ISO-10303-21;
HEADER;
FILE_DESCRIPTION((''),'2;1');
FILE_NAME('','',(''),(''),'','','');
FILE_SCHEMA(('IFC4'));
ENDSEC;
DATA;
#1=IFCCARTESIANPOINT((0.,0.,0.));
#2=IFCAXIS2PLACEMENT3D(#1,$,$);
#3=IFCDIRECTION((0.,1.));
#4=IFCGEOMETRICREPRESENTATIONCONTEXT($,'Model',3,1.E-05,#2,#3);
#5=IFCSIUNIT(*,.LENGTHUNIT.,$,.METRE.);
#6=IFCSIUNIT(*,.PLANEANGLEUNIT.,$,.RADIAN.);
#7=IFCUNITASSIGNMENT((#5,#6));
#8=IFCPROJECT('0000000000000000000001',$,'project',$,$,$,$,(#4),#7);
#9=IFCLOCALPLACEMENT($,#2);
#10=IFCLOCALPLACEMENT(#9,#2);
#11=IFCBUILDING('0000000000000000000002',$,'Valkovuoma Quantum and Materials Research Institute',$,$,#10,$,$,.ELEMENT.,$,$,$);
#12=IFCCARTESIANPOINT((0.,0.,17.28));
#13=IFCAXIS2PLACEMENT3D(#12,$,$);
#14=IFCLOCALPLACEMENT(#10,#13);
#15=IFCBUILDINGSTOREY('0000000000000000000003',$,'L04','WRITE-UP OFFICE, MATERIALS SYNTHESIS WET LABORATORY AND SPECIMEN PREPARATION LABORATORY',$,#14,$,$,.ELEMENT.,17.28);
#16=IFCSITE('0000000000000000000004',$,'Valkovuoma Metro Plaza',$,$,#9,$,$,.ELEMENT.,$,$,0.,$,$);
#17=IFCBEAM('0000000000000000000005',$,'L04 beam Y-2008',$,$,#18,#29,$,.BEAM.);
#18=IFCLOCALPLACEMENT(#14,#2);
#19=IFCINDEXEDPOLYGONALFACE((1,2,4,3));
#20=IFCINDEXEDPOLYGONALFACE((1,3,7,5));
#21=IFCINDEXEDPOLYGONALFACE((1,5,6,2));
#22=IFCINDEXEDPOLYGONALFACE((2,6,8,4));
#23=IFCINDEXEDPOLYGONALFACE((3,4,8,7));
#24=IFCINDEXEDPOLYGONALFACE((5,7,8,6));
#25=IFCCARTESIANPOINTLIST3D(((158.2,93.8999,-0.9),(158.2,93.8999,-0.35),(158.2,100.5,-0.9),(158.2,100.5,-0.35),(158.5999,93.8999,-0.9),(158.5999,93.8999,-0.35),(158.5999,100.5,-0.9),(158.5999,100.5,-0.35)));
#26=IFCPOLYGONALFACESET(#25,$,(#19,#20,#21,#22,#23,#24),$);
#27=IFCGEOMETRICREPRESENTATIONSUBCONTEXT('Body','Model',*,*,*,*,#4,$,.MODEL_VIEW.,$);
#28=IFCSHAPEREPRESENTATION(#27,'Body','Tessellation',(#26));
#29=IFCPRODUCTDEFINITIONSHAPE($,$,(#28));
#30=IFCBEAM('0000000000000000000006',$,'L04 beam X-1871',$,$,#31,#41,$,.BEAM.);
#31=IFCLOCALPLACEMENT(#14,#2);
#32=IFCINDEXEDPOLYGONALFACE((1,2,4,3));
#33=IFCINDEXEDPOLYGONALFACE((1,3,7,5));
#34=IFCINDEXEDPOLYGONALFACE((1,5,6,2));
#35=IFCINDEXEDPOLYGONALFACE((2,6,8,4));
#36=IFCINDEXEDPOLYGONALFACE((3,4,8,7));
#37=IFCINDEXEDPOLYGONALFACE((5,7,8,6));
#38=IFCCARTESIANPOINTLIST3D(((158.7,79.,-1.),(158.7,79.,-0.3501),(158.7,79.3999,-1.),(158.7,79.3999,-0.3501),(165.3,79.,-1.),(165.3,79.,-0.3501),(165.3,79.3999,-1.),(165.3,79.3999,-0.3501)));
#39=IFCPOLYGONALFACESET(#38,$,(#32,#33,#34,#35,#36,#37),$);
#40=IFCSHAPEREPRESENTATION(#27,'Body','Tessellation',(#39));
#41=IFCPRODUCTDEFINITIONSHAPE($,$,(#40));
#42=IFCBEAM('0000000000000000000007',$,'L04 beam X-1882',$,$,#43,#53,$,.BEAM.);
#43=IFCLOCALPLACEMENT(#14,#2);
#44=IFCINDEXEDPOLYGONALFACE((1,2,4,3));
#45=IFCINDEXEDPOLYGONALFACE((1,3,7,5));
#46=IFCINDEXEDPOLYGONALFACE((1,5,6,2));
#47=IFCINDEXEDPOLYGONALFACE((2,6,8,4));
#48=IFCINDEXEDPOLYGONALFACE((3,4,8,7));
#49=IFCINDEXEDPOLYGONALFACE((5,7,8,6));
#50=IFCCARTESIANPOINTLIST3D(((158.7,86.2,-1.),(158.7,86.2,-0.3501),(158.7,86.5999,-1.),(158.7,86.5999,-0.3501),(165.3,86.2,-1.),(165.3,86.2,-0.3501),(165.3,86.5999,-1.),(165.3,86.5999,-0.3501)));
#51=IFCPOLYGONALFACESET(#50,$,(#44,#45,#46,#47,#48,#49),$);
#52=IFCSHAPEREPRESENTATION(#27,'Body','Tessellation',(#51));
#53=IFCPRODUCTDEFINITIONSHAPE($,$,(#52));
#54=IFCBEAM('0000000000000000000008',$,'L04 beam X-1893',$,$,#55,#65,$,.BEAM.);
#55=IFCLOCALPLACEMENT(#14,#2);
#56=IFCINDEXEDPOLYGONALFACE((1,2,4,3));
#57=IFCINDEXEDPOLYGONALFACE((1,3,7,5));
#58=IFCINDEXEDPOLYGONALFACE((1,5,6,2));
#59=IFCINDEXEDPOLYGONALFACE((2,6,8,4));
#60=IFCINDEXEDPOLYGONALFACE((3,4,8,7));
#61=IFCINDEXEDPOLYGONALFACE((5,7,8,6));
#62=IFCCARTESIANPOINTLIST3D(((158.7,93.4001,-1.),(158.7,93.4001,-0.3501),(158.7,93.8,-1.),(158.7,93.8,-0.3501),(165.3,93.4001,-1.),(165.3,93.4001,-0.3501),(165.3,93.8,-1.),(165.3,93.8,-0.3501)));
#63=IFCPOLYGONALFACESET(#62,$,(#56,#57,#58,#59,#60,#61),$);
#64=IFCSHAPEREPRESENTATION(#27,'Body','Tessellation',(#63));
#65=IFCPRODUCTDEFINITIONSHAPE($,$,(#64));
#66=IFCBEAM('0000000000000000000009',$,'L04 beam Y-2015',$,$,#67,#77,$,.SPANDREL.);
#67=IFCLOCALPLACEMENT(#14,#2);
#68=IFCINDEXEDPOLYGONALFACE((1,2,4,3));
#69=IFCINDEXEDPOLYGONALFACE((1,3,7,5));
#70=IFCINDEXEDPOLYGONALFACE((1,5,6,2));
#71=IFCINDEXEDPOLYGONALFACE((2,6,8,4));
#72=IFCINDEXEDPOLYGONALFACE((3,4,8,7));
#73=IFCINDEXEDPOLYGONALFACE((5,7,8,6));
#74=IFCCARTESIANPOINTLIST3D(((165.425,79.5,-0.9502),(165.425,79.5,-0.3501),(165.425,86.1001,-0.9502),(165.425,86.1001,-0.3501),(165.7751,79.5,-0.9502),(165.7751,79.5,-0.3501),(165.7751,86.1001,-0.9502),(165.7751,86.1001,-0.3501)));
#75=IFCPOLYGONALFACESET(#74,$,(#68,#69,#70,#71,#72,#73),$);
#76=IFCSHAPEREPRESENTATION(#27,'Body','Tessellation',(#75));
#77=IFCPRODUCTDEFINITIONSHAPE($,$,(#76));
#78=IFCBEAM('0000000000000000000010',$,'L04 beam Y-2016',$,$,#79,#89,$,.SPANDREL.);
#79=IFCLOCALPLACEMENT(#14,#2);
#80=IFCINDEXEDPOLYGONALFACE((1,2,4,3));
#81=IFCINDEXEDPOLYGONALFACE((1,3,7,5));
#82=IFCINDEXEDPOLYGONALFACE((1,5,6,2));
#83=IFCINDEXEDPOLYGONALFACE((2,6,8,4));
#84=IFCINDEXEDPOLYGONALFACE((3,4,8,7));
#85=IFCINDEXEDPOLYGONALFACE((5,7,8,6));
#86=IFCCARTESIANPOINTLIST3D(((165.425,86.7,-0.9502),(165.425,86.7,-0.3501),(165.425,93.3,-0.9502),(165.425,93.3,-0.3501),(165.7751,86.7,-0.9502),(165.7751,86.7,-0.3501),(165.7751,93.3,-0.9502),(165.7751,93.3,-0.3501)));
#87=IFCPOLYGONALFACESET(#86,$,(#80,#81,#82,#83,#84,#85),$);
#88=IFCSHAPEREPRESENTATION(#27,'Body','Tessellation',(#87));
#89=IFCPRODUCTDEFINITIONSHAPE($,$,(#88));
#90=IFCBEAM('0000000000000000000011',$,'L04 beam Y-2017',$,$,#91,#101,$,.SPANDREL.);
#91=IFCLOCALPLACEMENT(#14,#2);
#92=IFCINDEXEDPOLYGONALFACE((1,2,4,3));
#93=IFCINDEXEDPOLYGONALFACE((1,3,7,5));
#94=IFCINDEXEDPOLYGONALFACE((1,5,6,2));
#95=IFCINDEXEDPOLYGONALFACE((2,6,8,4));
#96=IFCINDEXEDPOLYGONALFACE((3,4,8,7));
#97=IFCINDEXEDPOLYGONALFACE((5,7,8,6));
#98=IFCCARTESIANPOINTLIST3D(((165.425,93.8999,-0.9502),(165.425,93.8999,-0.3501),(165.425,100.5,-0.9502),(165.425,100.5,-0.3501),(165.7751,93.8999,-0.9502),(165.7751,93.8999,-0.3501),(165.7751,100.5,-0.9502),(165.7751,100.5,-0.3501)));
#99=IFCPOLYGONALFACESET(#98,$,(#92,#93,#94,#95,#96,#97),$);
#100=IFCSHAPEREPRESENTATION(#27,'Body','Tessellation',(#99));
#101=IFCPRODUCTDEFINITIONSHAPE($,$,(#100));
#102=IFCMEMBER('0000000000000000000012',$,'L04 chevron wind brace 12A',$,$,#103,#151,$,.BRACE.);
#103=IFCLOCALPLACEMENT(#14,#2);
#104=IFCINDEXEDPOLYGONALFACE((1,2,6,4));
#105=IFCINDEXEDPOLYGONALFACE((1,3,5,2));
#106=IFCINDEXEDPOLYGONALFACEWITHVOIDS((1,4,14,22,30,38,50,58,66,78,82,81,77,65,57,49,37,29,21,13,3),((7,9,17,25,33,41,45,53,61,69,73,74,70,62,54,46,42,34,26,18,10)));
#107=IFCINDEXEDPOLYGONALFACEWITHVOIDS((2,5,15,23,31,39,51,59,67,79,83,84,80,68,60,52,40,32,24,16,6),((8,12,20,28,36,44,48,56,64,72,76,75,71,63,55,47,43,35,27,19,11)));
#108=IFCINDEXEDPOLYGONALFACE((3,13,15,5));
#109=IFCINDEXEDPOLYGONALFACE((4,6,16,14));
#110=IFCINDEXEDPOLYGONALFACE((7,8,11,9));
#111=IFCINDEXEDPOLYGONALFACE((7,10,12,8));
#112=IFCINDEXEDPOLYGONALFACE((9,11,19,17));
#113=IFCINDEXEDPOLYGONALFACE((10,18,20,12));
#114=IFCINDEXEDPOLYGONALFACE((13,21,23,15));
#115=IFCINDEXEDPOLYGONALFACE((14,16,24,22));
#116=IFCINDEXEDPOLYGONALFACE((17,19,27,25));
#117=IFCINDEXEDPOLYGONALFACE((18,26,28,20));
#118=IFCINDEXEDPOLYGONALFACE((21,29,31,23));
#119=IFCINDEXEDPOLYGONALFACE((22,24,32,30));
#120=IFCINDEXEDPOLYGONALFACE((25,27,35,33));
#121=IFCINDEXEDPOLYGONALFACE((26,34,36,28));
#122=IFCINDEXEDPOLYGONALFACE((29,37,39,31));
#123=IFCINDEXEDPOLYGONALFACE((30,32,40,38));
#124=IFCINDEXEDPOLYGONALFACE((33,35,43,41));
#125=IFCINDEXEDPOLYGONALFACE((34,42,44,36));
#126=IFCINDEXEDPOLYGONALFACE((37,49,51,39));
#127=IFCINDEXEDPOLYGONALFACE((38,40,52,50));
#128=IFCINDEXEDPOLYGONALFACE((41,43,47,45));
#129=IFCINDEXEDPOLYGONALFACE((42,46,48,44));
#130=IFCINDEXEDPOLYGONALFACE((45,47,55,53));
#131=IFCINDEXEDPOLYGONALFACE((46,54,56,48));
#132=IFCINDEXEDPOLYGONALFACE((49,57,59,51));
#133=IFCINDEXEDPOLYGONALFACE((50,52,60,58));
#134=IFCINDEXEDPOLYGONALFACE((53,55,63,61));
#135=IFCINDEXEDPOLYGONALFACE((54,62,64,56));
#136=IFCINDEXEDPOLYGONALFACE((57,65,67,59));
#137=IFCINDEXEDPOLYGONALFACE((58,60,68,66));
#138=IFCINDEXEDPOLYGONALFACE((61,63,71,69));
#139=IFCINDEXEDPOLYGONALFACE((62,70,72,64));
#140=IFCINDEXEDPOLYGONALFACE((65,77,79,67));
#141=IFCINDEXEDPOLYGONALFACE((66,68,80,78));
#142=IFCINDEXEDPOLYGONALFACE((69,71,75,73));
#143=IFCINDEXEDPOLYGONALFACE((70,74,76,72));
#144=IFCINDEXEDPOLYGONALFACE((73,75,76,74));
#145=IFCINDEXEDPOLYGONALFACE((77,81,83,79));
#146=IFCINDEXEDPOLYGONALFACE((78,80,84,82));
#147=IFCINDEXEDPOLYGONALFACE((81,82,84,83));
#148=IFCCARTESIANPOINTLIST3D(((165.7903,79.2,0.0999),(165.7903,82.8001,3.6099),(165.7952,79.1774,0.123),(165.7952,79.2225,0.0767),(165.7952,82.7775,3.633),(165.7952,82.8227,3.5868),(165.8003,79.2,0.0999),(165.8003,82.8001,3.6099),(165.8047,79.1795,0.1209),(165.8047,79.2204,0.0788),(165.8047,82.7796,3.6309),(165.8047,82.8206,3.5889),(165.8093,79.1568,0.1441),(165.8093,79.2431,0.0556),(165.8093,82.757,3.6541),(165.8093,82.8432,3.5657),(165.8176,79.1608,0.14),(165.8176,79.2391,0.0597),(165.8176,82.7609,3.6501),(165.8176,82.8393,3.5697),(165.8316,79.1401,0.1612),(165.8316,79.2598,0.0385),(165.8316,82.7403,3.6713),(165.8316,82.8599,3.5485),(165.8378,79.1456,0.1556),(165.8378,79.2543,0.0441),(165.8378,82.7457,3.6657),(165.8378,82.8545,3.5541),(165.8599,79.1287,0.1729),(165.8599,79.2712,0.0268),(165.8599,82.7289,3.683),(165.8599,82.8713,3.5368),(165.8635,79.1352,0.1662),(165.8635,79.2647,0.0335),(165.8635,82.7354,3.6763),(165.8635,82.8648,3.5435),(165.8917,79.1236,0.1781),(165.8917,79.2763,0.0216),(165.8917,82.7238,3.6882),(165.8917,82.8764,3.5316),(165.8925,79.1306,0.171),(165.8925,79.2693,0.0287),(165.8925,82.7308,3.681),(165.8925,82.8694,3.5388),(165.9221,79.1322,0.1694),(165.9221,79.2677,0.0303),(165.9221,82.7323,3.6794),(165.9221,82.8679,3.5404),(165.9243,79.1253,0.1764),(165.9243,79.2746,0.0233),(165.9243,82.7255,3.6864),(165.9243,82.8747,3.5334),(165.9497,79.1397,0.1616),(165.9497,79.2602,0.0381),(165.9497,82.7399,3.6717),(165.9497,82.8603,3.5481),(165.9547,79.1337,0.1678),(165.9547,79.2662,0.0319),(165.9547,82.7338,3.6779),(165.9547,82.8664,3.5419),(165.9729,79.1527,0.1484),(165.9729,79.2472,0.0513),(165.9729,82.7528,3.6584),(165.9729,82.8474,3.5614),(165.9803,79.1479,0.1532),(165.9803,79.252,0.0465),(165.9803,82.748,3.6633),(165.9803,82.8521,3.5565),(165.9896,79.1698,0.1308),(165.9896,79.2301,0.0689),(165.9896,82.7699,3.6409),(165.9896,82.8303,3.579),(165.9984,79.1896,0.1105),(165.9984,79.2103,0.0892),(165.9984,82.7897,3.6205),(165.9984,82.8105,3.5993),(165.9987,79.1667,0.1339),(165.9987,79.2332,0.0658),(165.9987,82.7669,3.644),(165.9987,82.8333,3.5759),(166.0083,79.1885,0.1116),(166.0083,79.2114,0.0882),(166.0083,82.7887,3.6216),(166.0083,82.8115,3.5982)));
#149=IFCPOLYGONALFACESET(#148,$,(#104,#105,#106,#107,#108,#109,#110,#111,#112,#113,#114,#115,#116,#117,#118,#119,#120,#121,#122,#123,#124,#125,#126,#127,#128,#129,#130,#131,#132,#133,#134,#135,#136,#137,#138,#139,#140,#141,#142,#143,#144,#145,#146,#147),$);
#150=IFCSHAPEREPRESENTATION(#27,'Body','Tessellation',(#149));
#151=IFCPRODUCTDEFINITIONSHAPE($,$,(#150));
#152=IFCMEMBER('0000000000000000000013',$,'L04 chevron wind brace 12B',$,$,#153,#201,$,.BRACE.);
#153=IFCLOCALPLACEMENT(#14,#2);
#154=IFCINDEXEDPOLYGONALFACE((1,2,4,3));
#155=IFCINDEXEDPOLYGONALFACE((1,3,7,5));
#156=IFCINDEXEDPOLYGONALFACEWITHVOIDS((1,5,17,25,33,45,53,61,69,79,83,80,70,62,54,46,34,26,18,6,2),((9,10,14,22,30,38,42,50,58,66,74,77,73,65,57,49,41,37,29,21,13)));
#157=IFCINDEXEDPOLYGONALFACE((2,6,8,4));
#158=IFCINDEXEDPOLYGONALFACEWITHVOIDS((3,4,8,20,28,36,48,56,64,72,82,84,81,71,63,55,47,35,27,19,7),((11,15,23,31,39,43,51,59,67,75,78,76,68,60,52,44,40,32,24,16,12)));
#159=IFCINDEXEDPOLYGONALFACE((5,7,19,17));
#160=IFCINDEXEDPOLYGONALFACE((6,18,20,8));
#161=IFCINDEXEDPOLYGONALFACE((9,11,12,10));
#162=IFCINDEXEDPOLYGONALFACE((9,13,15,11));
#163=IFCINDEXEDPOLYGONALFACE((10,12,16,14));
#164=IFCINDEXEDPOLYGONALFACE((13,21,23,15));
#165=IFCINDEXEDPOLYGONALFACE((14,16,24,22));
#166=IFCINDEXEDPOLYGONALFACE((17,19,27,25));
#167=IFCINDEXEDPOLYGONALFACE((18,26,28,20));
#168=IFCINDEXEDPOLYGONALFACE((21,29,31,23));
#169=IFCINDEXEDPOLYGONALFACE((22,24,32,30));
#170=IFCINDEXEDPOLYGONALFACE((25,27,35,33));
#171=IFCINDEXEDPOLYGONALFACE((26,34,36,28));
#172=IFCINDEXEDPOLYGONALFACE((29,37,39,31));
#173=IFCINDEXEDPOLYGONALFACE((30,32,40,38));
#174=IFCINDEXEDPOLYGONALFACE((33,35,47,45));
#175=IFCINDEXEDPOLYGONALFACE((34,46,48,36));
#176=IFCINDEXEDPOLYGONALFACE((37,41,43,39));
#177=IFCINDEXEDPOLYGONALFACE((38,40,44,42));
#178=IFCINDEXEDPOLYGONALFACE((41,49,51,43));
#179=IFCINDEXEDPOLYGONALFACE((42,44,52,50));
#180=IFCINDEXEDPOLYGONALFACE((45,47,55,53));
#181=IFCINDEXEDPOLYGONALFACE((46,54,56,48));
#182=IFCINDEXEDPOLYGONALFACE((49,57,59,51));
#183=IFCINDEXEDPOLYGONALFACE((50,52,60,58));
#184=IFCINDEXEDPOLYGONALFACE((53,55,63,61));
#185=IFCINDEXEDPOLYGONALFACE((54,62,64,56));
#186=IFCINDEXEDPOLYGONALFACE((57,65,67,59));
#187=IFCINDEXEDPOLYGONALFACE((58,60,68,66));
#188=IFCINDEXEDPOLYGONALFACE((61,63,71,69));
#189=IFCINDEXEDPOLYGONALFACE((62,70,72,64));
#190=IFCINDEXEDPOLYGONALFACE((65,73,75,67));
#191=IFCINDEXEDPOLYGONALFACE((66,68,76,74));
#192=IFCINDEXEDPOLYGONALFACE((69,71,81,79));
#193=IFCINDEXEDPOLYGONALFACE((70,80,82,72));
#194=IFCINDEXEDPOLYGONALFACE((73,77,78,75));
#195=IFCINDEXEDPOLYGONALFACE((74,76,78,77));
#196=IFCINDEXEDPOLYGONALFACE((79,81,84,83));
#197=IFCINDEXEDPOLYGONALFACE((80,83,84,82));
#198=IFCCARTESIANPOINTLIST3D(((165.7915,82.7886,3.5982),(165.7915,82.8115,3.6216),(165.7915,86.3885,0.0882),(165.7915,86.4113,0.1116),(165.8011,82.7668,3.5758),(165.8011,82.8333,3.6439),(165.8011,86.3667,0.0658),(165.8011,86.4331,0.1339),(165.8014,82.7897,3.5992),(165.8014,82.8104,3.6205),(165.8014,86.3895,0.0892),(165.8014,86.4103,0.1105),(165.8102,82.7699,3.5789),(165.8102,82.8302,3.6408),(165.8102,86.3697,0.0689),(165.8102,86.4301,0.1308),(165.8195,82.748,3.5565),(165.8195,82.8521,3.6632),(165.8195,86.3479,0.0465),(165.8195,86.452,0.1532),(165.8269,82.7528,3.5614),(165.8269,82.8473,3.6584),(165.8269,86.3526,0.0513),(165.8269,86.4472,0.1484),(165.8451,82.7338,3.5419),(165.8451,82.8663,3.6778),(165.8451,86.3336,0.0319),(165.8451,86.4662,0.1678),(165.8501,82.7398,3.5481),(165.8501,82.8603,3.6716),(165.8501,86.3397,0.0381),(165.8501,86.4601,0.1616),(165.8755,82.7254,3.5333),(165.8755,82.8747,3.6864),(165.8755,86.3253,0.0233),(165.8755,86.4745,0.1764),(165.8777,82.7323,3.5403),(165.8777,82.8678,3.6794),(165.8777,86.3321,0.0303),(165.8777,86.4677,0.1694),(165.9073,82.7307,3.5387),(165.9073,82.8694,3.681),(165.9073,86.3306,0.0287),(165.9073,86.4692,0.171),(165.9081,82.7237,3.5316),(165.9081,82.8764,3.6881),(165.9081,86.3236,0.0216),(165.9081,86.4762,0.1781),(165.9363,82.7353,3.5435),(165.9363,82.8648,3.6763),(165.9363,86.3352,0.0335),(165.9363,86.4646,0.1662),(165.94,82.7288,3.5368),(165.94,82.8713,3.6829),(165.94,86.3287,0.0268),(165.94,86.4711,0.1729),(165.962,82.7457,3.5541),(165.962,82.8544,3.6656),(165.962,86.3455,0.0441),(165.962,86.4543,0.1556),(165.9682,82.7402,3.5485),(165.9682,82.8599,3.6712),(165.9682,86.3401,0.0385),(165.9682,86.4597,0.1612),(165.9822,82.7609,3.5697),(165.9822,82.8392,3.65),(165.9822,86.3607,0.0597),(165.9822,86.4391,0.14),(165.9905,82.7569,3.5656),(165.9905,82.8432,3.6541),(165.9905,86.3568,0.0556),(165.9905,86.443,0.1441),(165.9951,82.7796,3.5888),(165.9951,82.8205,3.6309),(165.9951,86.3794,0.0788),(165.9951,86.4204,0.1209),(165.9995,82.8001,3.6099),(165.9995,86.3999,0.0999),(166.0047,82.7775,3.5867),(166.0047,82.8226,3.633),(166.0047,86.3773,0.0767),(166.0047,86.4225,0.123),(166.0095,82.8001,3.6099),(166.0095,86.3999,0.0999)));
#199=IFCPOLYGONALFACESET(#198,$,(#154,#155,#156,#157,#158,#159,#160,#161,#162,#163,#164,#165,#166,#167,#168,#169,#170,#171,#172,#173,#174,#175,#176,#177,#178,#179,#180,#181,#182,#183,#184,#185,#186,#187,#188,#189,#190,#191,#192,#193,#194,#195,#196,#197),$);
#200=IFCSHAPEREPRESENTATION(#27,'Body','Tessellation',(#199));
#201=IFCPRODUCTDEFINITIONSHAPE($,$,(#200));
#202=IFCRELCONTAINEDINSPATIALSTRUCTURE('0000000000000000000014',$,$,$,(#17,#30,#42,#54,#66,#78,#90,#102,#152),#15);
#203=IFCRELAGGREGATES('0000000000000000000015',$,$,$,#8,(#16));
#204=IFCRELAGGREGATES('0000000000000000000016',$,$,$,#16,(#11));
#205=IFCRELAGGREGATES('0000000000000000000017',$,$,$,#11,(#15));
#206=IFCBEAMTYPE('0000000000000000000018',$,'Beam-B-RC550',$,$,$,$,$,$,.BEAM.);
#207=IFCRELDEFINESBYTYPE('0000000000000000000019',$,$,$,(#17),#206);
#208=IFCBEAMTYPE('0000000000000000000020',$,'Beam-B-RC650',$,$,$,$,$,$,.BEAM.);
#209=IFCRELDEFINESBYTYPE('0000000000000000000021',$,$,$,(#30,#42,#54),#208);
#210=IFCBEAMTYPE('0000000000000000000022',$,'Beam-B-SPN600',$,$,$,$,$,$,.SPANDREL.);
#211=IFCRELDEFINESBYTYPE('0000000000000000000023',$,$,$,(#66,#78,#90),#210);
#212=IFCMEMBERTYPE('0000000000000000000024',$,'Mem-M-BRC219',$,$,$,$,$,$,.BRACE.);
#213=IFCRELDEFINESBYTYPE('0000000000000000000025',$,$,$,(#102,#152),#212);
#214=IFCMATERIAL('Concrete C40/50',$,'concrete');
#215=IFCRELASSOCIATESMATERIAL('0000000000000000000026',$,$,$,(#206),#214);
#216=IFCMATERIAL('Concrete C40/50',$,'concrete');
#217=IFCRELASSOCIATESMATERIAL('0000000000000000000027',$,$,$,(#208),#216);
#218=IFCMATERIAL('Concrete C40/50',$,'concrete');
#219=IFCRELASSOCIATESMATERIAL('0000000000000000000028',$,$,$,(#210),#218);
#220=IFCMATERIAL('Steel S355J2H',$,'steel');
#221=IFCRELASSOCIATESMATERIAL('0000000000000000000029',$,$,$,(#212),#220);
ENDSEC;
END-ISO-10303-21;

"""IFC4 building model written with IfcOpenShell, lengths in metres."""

from ifc_helpers import new_model, si_unit, direction, frame, origin, origin_2d, place, context, subcontext, project, spatial, rectangle, hollow_circle, extrude, material, material_profile, profile_set, type_object, element, save


model = new_model("IFC4")

# Units and contexts
model_context = context("Model", 3, precision=1e-05, world=origin(), true_north=direction((0.0, 1.0)))
body_context = subcontext(model_context, "Body", "Model", "MODEL_VIEW")
ifc_project = project(units=[si_unit("LENGTHUNIT", "METRE"), si_unit("PLANEANGLEUNIT", "RADIAN")], contexts=[model_context])

# Site, building, storey
site_placement = place(None, origin())
site = spatial("IfcSite", under=ifc_project, at=site_placement, Name="Valkovuoma Metro Plaza", CompositionType="ELEMENT", RefElevation=0.0)
building_placement = place(site_placement, origin())
building = spatial("IfcBuilding", under=site, at=building_placement, Name="Valkovuoma Quantum and Materials Research Institute", CompositionType="ELEMENT")
storey_placement = place(building_placement, frame((0.0, 0.0, 17.28)))
storey = spatial("IfcBuildingStorey", under=building, at=storey_placement, Name="L04", Description="WRITE-UP OFFICE, MATERIALS SYNTHESIS WET LABORATORY AND SPECIMEN PREPARATION LABORATORY", CompositionType="ELEMENT", Elevation=17.28)

# Beams
ifc_material_1 = material(Name="Concrete C40/50", Category="concrete")
ifc_material_profile_1 = material_profile(ifc_material_1, rectangle(XDim=0.3999, YDim=0.55, at=origin_2d()), Name="Concrete C40/50")
ifc_profile_set_1 = profile_set([ifc_material_profile_1], Name="Concrete C40/50")
beam_type_1 = type_object("IfcBeamType", Name="Beam-B-RC550", PredefinedType="BEAM", material=ifc_profile_set_1)
beam_placement = place(storey_placement, frame((158.3999, 93.8999, -0.625), z_axis=(0.0, 1.0, 0.0), x_axis=(-1.0, 0.0, 0.0)))
element("IfcBeam", 1, at=beam_placement, inside=storey, type_object=beam_type_1, Name="L04 beam Y-2008", PredefinedType="BEAM", context=body_context, shape_type="SweptSolid", body=[
    extrude(rectangle(XDim=0.3999, YDim=0.55, at=origin_2d()), origin(), (0.0, 0.0, 1.0), 6.6001),
])
ifc_material_2 = material(Name="Concrete C40/50", Category="concrete")
ifc_material_profile_2 = material_profile(ifc_material_2, rectangle(XDim=0.3999, YDim=0.6499, at=origin_2d()), Name="Concrete C40/50")
ifc_profile_set_2 = profile_set([ifc_material_profile_2], Name="Concrete C40/50")
beam_type_2 = type_object("IfcBeamType", Name="Beam-B-RC650", PredefinedType="BEAM", material=ifc_profile_set_2)
for number, where, z_axis, x_axis, name in (
    (2, (158.7, 79.2, -0.675), (1.0, 0.0, 0.0), (0.0, 1.0, 0.0), "L04 beam X-1871"),
    (3, (158.7, 86.3999, -0.675), (1.0, 0.0, 0.0), (0.0, 1.0, 0.0), "L04 beam X-1882"),
    (4, (158.7, 93.6001, -0.675), (1.0, 0.0, 0.0), (0.0, 1.0, 0.0), "L04 beam X-1893"),
):
    element("IfcBeam", number, at=place(storey_placement, frame(where, z_axis=z_axis, x_axis=x_axis)), inside=storey, type_object=beam_type_2, Name=name, PredefinedType="BEAM", context=body_context, shape_type="SweptSolid", body=[
        extrude(rectangle(XDim=0.3999, YDim=0.6499, at=origin_2d()), origin(), (0.0, 0.0, 1.0), 6.6001),
    ])
ifc_material_3 = material(Name="Concrete C40/50", Category="concrete")
ifc_material_profile_3 = material_profile(ifc_material_3, rectangle(XDim=0.3501, YDim=0.6001, at=origin_2d()), Name="Concrete C40/50")
ifc_profile_set_3 = profile_set([ifc_material_profile_3], Name="Concrete C40/50")
beam_type_3 = type_object("IfcBeamType", Name="Beam-B-SPN600", PredefinedType="SPANDREL", material=ifc_profile_set_3)
for number, where, z_axis, x_axis, name in (
    (5, (165.6001, 79.5, -0.6501), (0.0, 1.0, 0.0), (-1.0, 0.0, 0.0), "L04 beam Y-2015"),
    (6, (165.6001, 86.7, -0.6501), (0.0, 1.0, 0.0), (-1.0, 0.0, 0.0), "L04 beam Y-2016"),
    (7, (165.6001, 93.8999, -0.6501), (0.0, 1.0, 0.0), (-1.0, 0.0, 0.0), "L04 beam Y-2017"),
):
    element("IfcBeam", number, at=place(storey_placement, frame(where, z_axis=z_axis, x_axis=x_axis)), inside=storey, type_object=beam_type_3, Name=name, PredefinedType="SPANDREL", context=body_context, shape_type="SweptSolid", body=[
        extrude(rectangle(XDim=0.3501, YDim=0.6001, at=origin_2d()), origin(), (0.0, 0.0, 1.0), 6.6001),
    ])

# Members
ifc_material_4 = material(Name="Steel S355J2H", Category="steel")
ifc_material_profile_4 = material_profile(ifc_material_4, hollow_circle(Radius=0.1096, WallThickness=0.01, at=origin_2d()), Name="Steel S355J2H")
ifc_profile_set_4 = profile_set([ifc_material_profile_4], Name="Steel S355J2H")
member_type = type_object("IfcMemberType", Name="Mem-M-BRC219", PredefinedType="BRACE", material=ifc_profile_set_4)
member_1_placement = place(storey_placement, frame((165.8999, 79.2, 0.0999), z_axis=(0.0, 0.716009, 0.698091), x_axis=(-1.0, 0.0, 0.0)))
element("IfcMember", 8, at=member_1_placement, inside=storey, type_object=member_type, Name="L04 chevron wind brace 12A", PredefinedType="BRACE", context=body_context, shape_type="SweptSolid", body=[
    extrude(hollow_circle(Radius=0.1096, WallThickness=0.01, at=origin_2d()), origin(), (0.0, 0.0, 1.0), 5.0281),
])
member_2_placement = place(storey_placement, frame((165.8999, 86.3999, 0.0999), z_axis=(0.0, -0.715985, 0.698116), x_axis=(1.0, 0.0, 0.0)))
element("IfcMember", 9, at=member_2_placement, inside=storey, type_object=member_type, Name="L04 chevron wind brace 12B", PredefinedType="BRACE", context=body_context, shape_type="SweptSolid", body=[
    extrude(hollow_circle(Radius=0.1096, WallThickness=0.01, at=origin_2d()), origin(), (0.0, 0.0, 1.0), 5.0278),
])

save(model, "model.ifc")
